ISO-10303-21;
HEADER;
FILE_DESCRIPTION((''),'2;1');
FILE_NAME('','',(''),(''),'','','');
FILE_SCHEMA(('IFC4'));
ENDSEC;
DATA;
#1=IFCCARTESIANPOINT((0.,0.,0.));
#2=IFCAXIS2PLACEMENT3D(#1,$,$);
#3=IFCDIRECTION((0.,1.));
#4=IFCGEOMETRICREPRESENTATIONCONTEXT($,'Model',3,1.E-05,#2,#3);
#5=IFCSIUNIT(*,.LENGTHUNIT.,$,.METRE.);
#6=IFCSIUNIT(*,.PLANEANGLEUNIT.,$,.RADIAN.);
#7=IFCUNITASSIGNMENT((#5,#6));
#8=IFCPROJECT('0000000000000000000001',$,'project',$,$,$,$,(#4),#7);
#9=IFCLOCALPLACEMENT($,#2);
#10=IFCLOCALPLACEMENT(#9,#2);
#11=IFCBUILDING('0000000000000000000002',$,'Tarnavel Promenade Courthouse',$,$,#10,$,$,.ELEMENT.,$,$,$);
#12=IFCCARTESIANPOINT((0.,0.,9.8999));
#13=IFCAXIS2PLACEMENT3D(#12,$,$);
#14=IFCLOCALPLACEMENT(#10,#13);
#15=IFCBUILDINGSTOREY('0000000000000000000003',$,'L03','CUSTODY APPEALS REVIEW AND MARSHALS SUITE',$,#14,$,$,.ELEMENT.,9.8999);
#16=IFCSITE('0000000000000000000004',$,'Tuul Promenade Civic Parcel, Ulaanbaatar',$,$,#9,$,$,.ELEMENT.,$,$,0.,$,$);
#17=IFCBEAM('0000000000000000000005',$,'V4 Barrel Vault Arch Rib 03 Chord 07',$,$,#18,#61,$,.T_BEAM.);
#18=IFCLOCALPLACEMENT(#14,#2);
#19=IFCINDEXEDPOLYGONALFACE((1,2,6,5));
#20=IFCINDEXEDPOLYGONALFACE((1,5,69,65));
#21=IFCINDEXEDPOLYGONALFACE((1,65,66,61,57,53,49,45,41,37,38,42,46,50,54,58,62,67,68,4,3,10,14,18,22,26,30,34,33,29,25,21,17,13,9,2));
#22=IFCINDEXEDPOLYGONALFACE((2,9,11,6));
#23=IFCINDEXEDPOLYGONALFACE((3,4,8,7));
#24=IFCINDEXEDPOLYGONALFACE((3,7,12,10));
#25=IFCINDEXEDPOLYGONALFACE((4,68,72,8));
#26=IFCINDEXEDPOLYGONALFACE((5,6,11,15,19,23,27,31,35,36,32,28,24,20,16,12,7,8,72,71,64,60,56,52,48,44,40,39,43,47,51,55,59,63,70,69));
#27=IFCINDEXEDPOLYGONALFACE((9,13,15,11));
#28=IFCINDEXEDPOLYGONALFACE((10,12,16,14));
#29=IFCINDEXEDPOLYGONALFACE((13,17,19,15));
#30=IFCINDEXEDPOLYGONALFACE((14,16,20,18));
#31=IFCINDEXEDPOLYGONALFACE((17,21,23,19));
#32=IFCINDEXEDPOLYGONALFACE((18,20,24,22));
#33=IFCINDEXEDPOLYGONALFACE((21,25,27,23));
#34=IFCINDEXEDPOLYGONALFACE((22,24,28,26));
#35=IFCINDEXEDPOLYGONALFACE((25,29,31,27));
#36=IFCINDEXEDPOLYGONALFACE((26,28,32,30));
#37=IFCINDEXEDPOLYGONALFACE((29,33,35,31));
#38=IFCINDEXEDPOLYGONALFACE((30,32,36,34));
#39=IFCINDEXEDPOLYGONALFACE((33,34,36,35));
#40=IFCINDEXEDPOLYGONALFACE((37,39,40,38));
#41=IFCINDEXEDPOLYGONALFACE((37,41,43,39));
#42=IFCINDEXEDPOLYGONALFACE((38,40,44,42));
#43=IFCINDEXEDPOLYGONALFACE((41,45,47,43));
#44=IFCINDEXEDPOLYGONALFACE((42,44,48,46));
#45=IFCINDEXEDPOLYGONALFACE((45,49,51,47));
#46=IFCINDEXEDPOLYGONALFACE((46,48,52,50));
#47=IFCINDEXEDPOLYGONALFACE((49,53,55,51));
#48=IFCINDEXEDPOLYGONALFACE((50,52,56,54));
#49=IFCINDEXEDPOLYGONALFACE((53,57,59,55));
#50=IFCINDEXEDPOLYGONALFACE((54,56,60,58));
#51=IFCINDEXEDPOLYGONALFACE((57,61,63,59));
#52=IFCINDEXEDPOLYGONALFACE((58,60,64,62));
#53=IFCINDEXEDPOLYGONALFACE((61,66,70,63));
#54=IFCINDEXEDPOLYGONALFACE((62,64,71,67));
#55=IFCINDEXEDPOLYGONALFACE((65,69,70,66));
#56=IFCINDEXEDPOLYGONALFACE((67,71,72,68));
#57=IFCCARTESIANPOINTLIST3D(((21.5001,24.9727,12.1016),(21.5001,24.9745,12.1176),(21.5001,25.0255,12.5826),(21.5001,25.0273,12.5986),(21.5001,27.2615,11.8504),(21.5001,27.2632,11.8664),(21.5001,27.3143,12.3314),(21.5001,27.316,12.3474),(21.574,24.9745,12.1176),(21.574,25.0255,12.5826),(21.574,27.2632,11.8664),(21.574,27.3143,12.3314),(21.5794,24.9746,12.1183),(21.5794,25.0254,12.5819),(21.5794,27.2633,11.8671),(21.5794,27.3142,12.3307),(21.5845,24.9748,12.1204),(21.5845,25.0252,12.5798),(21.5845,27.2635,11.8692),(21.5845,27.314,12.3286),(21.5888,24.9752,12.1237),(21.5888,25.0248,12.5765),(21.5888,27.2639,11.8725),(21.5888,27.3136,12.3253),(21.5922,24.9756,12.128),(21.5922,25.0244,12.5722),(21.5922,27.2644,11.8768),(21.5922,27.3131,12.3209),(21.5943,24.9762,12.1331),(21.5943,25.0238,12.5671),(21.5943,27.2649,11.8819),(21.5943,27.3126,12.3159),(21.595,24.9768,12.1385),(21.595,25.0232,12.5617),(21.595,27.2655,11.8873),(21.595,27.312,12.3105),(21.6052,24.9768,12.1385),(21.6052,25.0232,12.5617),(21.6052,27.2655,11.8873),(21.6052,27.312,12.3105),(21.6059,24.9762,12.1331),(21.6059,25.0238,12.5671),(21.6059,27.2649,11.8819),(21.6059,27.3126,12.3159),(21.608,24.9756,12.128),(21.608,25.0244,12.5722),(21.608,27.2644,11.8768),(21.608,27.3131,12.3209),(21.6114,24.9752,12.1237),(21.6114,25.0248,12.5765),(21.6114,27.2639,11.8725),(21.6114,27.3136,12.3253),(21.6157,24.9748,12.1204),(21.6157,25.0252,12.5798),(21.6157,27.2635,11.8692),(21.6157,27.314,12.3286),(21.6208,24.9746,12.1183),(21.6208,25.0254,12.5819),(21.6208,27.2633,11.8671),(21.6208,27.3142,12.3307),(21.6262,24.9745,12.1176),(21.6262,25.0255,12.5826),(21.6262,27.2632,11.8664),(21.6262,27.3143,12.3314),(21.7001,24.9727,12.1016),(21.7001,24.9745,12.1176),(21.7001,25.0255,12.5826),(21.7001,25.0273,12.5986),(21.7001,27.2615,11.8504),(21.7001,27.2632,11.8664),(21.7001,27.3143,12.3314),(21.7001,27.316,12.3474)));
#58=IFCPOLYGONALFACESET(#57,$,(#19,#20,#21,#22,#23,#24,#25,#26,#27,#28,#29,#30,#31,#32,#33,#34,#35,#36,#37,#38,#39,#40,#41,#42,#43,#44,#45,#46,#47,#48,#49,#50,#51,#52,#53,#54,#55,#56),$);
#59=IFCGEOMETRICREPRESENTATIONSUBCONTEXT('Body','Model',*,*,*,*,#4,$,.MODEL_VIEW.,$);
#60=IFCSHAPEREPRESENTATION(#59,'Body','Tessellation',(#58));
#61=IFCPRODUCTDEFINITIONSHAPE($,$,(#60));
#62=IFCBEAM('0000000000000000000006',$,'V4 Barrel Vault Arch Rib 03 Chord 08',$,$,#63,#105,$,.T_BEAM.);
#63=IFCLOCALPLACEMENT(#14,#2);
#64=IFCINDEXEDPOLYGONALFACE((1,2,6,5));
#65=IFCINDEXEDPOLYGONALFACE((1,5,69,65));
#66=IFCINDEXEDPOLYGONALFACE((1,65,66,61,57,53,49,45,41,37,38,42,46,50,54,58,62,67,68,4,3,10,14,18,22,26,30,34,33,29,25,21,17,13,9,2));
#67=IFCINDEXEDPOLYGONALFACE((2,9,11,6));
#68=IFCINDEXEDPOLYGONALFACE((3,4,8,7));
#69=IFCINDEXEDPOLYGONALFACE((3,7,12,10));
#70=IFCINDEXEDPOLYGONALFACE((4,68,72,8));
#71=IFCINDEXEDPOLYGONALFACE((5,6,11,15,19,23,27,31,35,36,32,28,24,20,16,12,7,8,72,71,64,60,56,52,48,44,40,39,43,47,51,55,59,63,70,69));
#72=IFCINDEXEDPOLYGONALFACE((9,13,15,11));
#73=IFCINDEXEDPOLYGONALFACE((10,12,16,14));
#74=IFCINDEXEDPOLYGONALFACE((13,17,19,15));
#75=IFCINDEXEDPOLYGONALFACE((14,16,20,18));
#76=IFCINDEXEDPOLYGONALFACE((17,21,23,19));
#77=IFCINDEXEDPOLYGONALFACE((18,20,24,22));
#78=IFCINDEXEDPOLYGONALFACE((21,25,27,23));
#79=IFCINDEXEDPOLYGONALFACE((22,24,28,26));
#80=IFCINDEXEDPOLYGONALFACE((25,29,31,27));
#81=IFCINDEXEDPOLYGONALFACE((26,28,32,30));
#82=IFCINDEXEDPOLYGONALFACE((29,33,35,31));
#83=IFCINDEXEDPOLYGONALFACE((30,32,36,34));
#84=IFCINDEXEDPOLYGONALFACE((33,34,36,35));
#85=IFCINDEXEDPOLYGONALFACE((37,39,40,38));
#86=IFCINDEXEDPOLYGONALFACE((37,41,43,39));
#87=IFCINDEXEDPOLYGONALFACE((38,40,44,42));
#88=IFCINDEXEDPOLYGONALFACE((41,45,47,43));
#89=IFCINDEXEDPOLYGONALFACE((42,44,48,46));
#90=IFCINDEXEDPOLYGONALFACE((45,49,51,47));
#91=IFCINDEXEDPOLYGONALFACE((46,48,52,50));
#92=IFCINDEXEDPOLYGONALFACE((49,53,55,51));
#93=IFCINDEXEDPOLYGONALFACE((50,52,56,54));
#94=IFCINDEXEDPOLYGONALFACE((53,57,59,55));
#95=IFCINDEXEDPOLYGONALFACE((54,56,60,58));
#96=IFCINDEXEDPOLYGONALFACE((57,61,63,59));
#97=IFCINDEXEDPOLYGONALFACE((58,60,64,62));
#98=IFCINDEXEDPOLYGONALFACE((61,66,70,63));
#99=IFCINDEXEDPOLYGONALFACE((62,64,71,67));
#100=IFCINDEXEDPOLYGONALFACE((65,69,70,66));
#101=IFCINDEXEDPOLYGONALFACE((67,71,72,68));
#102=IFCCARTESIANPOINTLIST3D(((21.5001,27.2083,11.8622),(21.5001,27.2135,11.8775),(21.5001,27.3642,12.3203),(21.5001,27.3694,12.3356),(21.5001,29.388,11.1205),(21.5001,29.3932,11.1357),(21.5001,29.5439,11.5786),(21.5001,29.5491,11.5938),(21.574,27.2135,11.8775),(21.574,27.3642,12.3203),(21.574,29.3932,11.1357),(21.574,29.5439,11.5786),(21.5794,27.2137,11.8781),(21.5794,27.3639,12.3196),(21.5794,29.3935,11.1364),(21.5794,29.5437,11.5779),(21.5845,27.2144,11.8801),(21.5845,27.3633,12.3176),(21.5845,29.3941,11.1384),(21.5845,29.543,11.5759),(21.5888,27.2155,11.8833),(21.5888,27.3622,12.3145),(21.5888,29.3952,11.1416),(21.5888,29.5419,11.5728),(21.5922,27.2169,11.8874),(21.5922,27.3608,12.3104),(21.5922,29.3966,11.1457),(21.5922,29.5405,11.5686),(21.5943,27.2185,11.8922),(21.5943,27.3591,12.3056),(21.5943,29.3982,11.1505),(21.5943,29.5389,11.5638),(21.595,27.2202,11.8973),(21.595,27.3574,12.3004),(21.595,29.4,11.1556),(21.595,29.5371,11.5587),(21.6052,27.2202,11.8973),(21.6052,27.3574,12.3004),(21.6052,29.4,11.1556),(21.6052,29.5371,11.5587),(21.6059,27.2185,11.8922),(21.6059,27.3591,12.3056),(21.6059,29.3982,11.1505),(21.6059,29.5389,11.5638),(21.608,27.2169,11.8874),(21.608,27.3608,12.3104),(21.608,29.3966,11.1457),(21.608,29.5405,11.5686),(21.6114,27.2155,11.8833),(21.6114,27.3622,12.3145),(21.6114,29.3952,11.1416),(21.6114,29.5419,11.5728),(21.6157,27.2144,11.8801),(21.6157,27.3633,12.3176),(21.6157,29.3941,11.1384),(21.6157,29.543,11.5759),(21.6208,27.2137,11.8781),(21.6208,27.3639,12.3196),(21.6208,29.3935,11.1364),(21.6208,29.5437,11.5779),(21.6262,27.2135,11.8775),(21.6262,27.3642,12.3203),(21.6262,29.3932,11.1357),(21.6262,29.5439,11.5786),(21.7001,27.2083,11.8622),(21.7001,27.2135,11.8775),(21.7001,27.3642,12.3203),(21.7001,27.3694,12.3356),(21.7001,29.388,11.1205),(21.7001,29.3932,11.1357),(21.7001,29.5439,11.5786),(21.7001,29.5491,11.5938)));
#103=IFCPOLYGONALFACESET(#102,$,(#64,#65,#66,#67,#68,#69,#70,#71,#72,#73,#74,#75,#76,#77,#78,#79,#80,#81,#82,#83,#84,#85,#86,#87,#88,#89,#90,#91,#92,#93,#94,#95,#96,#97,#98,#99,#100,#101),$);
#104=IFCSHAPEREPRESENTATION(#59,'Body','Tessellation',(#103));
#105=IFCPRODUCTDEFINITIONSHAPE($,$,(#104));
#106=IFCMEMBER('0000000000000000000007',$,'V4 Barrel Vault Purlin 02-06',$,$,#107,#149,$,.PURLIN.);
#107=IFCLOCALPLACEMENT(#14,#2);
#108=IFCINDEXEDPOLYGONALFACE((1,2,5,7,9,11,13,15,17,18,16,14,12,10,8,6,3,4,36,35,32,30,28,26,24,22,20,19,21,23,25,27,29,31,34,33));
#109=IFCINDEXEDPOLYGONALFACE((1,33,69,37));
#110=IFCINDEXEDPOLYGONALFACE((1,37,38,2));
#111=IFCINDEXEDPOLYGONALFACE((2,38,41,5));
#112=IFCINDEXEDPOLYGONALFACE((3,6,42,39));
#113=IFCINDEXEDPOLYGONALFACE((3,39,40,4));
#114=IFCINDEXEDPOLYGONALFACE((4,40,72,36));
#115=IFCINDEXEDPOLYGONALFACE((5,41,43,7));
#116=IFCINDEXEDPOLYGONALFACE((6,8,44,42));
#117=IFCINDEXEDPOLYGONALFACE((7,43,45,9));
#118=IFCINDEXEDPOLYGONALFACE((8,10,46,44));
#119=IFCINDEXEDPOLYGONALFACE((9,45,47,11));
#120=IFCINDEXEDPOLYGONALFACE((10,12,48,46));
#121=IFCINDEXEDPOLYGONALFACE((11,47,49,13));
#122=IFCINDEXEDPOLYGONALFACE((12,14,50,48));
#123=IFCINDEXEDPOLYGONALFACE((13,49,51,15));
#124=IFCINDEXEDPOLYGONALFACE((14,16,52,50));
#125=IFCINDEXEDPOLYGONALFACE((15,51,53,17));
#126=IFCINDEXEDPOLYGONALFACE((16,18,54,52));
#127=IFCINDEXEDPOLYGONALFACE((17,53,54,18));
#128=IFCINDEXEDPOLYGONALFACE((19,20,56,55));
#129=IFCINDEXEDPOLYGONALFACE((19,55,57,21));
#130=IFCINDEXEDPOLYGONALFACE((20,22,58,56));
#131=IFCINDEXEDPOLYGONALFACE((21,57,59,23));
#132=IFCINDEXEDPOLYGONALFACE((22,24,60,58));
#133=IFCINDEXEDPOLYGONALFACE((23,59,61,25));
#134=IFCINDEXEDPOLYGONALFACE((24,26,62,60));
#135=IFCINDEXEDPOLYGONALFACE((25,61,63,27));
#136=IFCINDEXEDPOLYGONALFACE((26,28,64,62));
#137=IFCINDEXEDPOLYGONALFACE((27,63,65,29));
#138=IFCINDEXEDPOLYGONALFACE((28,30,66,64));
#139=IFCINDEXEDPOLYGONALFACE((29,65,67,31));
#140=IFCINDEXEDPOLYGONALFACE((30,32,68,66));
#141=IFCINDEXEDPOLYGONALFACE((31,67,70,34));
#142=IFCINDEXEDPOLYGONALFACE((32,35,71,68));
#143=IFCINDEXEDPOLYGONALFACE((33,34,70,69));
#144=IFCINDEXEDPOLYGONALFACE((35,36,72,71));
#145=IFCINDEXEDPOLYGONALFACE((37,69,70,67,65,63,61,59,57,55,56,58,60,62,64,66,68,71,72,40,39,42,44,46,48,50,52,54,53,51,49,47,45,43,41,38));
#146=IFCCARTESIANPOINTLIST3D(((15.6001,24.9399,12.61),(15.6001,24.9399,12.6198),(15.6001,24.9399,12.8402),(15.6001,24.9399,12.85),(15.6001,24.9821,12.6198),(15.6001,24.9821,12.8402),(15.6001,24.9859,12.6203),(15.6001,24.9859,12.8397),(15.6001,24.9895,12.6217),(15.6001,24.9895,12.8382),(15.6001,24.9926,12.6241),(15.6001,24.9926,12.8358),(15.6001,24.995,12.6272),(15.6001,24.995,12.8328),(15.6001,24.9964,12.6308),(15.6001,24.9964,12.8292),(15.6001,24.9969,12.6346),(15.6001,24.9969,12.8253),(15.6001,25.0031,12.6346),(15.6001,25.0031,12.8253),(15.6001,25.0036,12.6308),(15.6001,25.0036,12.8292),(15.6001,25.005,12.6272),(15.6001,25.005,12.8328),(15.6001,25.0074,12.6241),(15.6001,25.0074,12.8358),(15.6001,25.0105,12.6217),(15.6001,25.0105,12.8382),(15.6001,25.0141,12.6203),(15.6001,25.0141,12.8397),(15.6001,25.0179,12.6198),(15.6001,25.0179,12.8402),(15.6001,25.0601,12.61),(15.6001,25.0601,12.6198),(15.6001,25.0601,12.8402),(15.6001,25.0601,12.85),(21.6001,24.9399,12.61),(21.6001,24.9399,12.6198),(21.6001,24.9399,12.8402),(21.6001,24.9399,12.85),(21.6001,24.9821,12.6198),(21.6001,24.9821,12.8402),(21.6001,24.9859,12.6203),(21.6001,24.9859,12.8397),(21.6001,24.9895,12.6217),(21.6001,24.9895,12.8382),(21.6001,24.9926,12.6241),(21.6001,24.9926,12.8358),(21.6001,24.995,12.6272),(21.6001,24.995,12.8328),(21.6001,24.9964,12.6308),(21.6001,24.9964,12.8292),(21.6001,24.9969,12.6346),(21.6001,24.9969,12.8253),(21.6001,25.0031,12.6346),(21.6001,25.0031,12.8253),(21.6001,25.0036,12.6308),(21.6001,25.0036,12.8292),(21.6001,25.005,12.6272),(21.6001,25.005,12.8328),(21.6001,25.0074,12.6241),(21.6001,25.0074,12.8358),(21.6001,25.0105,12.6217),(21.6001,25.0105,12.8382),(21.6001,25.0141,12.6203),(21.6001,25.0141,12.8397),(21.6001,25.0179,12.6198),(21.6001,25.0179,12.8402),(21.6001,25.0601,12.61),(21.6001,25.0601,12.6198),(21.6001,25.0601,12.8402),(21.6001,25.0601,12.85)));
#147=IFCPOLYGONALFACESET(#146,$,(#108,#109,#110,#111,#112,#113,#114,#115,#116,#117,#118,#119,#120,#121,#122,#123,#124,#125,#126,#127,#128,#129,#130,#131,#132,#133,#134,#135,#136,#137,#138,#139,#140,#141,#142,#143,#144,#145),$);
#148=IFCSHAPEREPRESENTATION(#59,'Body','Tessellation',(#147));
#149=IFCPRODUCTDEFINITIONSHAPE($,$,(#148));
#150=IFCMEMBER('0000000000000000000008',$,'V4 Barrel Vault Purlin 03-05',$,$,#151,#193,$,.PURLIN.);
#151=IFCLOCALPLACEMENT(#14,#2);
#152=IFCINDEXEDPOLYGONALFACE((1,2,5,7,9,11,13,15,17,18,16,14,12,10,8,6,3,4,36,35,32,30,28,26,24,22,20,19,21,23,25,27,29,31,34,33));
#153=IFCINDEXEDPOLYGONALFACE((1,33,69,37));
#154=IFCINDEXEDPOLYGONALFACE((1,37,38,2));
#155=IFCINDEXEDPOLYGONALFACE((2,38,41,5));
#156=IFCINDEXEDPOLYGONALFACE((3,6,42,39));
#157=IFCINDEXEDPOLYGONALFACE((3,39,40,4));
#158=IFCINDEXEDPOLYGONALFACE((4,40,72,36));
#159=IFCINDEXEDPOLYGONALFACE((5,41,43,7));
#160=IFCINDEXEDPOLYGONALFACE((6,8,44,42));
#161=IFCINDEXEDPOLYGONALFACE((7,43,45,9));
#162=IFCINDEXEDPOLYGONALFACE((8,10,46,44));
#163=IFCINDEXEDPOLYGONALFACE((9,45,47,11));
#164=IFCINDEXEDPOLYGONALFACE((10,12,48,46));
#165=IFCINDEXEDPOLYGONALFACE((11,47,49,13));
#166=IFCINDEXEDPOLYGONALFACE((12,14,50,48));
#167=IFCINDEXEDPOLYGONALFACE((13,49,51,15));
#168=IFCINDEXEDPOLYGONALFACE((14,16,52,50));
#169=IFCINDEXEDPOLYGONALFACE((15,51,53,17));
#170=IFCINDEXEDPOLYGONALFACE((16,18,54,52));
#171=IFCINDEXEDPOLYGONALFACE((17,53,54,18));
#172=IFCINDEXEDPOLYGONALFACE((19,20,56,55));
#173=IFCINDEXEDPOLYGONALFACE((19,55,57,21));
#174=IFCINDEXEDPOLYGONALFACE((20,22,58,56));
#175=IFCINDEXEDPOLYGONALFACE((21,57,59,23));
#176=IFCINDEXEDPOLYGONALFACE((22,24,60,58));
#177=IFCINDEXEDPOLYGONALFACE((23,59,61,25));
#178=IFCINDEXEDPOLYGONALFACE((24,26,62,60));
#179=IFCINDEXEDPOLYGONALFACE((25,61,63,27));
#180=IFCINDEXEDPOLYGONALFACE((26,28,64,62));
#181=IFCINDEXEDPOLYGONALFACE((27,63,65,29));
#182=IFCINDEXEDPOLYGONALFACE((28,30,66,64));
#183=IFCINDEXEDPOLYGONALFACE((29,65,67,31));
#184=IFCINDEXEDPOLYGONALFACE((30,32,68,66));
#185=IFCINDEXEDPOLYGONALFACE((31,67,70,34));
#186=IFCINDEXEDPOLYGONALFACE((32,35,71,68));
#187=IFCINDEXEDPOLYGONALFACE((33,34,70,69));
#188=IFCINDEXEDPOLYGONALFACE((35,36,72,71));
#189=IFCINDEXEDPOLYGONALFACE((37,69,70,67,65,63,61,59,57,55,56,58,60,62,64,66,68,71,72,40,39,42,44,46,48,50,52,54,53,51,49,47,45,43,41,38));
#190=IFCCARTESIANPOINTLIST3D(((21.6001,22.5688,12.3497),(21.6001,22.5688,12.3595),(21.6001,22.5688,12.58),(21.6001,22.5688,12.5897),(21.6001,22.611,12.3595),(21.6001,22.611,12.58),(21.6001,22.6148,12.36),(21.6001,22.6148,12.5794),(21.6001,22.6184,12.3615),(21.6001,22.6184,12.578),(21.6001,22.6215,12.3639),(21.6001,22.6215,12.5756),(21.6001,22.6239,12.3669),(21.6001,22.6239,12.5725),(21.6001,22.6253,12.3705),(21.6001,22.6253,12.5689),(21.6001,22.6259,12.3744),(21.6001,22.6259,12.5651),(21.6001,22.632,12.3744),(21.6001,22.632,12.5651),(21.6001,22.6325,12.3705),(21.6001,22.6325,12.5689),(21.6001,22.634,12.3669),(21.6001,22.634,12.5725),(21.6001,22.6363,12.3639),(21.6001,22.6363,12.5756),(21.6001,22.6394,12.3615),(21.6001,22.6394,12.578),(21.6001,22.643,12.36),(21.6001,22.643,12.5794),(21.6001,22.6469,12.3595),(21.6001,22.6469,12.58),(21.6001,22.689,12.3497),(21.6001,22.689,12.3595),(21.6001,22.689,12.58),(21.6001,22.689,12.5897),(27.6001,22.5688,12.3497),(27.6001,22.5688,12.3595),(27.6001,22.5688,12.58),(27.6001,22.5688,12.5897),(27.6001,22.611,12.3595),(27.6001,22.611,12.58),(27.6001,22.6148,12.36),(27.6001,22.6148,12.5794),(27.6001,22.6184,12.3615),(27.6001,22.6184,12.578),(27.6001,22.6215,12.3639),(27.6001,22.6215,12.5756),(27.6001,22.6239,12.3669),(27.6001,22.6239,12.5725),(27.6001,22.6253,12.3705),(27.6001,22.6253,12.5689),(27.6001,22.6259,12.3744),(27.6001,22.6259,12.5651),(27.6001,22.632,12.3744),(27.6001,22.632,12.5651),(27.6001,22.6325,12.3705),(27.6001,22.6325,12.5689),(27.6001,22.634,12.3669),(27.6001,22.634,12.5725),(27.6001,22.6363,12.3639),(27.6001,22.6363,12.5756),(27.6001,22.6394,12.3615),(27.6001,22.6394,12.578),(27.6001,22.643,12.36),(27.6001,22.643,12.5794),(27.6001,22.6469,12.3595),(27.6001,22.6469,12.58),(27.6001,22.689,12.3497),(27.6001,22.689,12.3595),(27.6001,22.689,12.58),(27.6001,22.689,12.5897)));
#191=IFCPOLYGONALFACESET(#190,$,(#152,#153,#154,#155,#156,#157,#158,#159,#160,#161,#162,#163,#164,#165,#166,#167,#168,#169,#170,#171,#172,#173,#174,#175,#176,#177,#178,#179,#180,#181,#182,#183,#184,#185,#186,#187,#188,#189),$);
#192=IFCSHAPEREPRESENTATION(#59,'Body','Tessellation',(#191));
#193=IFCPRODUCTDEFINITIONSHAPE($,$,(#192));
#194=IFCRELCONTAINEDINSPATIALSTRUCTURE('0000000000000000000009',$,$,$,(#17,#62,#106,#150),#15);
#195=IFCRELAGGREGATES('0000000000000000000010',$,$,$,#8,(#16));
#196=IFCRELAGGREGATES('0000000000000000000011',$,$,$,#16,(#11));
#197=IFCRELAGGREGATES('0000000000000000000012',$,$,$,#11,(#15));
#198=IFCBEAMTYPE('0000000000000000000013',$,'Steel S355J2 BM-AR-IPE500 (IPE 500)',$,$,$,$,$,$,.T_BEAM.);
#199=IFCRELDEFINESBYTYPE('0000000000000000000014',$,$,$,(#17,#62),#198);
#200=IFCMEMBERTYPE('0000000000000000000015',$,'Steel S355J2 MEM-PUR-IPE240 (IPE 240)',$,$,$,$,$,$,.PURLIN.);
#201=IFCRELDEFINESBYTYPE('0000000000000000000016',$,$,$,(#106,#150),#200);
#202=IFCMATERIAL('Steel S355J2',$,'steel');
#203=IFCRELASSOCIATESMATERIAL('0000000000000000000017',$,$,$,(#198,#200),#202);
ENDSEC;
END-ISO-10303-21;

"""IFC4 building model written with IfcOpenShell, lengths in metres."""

from ifc_helpers import new_model, si_unit, direction, frame, origin, origin_2d, place, context, subcontext, project, spatial, i_section, extrude, material, material_profile, profile_set, type_object, element, save


model = new_model("IFC4")

# Units and contexts
model_context = context("Model", 3, precision=1e-05, world=origin(), true_north=direction((0.0, 1.0)))
body_context = subcontext(model_context, "Body", "Model", "MODEL_VIEW")
ifc_project = project(units=[si_unit("LENGTHUNIT", "METRE"), si_unit("PLANEANGLEUNIT", "RADIAN")], contexts=[model_context])

# Site, building, storey
site_placement = place(None, origin())
site = spatial("IfcSite", under=ifc_project, at=site_placement, Name="Tuul Promenade Civic Parcel, Ulaanbaatar", CompositionType="ELEMENT", RefElevation=0.0)
building_placement = place(site_placement, origin())
building = spatial("IfcBuilding", under=site, at=building_placement, Name="Tarnavel Promenade Courthouse", CompositionType="ELEMENT")
storey_placement = place(building_placement, frame((0.0, 0.0, 9.8999)))
storey = spatial("IfcBuildingStorey", under=building, at=storey_placement, Name="L03", Description="CUSTODY APPEALS REVIEW AND MARSHALS SUITE", CompositionType="ELEMENT", Elevation=9.8999)

# Beams
ifc_material_1 = material(Name="Steel S355J2", Category="steel")
ifc_material_profile_1 = material_profile(ifc_material_1, i_section(OverallWidth=0.2, OverallDepth=0.5, WebThickness=0.0103, FlangeThickness=0.0161, FilletRadius=0.021, at=origin_2d()), Name="IPE 500")
ifc_profile_set_1 = profile_set([ifc_material_profile_1], Name="Steel S355J2")
beam_type = type_object("IfcBeamType", Name="Steel S355J2 BM-AR-IPE500 (IPE 500)", PredefinedType="T_BEAM", material=ifc_profile_set_1)
for number, where, z_axis, x_axis, name in (
    (1, (21.6001, 25.0, 12.3501), (0.0, 0.99403, -0.109105), (-1.0, 0.0, 0.0), "V4 Barrel Vault Arch Rib 03 Chord 07"),
    (2, (21.6001, 27.2888, 12.0989), (0.0, 0.946693, -0.322138), (-1.0, 0.0, 0.0), "V4 Barrel Vault Arch Rib 03 Chord 08"),
):
    element("IfcBeam", number, at=place(storey_placement, frame(where, z_axis=z_axis, x_axis=x_axis)), inside=storey, type_object=beam_type, Name=name, PredefinedType="T_BEAM", context=body_context, shape_type="SweptSolid", body=[
        extrude(i_section(OverallWidth=0.2, OverallDepth=0.5, WebThickness=0.0103, FlangeThickness=0.0161, FilletRadius=0.021, at=origin_2d()), origin(), (0.0, 0.0, 1.0), 2.3025),
    ])

# Members
ifc_material_profile_2 = material_profile(ifc_material_1, i_section(OverallWidth=0.1201, OverallDepth=0.24, WebThickness=0.0061, FlangeThickness=0.0098, FilletRadius=0.0149, at=origin_2d()), Name="IPE 240")
ifc_profile_set_2 = profile_set([ifc_material_profile_2], Name="Steel S355J2")
member_type = type_object("IfcMemberType", Name="Steel S355J2 MEM-PUR-IPE240 (IPE 240)", PredefinedType="PURLIN", material=ifc_profile_set_2)
for number, where, z_axis, x_axis, name in (
    (3, (15.6001, 25.0, 12.73), (1.0, 0.0, 0.0), (0.0, 1.0, 0.0), "V4 Barrel Vault Purlin 02-06"),
    (4, (21.6001, 22.6289, 12.4697), (1.0, 0.0, 0.0), (0.0, 1.0, 0.0), "V4 Barrel Vault Purlin 03-05"),
):
    element("IfcMember", number, at=place(storey_placement, frame(where, z_axis=z_axis, x_axis=x_axis)), inside=storey, type_object=member_type, Name=name, PredefinedType="PURLIN", context=body_context, shape_type="SweptSolid", body=[
        extrude(i_section(OverallWidth=0.1201, OverallDepth=0.24, WebThickness=0.0061, FlangeThickness=0.0098, FilletRadius=0.0149, at=origin_2d()), origin(), (0.0, 0.0, 1.0), 6.0),
    ])

save(model, "model.ifc")
